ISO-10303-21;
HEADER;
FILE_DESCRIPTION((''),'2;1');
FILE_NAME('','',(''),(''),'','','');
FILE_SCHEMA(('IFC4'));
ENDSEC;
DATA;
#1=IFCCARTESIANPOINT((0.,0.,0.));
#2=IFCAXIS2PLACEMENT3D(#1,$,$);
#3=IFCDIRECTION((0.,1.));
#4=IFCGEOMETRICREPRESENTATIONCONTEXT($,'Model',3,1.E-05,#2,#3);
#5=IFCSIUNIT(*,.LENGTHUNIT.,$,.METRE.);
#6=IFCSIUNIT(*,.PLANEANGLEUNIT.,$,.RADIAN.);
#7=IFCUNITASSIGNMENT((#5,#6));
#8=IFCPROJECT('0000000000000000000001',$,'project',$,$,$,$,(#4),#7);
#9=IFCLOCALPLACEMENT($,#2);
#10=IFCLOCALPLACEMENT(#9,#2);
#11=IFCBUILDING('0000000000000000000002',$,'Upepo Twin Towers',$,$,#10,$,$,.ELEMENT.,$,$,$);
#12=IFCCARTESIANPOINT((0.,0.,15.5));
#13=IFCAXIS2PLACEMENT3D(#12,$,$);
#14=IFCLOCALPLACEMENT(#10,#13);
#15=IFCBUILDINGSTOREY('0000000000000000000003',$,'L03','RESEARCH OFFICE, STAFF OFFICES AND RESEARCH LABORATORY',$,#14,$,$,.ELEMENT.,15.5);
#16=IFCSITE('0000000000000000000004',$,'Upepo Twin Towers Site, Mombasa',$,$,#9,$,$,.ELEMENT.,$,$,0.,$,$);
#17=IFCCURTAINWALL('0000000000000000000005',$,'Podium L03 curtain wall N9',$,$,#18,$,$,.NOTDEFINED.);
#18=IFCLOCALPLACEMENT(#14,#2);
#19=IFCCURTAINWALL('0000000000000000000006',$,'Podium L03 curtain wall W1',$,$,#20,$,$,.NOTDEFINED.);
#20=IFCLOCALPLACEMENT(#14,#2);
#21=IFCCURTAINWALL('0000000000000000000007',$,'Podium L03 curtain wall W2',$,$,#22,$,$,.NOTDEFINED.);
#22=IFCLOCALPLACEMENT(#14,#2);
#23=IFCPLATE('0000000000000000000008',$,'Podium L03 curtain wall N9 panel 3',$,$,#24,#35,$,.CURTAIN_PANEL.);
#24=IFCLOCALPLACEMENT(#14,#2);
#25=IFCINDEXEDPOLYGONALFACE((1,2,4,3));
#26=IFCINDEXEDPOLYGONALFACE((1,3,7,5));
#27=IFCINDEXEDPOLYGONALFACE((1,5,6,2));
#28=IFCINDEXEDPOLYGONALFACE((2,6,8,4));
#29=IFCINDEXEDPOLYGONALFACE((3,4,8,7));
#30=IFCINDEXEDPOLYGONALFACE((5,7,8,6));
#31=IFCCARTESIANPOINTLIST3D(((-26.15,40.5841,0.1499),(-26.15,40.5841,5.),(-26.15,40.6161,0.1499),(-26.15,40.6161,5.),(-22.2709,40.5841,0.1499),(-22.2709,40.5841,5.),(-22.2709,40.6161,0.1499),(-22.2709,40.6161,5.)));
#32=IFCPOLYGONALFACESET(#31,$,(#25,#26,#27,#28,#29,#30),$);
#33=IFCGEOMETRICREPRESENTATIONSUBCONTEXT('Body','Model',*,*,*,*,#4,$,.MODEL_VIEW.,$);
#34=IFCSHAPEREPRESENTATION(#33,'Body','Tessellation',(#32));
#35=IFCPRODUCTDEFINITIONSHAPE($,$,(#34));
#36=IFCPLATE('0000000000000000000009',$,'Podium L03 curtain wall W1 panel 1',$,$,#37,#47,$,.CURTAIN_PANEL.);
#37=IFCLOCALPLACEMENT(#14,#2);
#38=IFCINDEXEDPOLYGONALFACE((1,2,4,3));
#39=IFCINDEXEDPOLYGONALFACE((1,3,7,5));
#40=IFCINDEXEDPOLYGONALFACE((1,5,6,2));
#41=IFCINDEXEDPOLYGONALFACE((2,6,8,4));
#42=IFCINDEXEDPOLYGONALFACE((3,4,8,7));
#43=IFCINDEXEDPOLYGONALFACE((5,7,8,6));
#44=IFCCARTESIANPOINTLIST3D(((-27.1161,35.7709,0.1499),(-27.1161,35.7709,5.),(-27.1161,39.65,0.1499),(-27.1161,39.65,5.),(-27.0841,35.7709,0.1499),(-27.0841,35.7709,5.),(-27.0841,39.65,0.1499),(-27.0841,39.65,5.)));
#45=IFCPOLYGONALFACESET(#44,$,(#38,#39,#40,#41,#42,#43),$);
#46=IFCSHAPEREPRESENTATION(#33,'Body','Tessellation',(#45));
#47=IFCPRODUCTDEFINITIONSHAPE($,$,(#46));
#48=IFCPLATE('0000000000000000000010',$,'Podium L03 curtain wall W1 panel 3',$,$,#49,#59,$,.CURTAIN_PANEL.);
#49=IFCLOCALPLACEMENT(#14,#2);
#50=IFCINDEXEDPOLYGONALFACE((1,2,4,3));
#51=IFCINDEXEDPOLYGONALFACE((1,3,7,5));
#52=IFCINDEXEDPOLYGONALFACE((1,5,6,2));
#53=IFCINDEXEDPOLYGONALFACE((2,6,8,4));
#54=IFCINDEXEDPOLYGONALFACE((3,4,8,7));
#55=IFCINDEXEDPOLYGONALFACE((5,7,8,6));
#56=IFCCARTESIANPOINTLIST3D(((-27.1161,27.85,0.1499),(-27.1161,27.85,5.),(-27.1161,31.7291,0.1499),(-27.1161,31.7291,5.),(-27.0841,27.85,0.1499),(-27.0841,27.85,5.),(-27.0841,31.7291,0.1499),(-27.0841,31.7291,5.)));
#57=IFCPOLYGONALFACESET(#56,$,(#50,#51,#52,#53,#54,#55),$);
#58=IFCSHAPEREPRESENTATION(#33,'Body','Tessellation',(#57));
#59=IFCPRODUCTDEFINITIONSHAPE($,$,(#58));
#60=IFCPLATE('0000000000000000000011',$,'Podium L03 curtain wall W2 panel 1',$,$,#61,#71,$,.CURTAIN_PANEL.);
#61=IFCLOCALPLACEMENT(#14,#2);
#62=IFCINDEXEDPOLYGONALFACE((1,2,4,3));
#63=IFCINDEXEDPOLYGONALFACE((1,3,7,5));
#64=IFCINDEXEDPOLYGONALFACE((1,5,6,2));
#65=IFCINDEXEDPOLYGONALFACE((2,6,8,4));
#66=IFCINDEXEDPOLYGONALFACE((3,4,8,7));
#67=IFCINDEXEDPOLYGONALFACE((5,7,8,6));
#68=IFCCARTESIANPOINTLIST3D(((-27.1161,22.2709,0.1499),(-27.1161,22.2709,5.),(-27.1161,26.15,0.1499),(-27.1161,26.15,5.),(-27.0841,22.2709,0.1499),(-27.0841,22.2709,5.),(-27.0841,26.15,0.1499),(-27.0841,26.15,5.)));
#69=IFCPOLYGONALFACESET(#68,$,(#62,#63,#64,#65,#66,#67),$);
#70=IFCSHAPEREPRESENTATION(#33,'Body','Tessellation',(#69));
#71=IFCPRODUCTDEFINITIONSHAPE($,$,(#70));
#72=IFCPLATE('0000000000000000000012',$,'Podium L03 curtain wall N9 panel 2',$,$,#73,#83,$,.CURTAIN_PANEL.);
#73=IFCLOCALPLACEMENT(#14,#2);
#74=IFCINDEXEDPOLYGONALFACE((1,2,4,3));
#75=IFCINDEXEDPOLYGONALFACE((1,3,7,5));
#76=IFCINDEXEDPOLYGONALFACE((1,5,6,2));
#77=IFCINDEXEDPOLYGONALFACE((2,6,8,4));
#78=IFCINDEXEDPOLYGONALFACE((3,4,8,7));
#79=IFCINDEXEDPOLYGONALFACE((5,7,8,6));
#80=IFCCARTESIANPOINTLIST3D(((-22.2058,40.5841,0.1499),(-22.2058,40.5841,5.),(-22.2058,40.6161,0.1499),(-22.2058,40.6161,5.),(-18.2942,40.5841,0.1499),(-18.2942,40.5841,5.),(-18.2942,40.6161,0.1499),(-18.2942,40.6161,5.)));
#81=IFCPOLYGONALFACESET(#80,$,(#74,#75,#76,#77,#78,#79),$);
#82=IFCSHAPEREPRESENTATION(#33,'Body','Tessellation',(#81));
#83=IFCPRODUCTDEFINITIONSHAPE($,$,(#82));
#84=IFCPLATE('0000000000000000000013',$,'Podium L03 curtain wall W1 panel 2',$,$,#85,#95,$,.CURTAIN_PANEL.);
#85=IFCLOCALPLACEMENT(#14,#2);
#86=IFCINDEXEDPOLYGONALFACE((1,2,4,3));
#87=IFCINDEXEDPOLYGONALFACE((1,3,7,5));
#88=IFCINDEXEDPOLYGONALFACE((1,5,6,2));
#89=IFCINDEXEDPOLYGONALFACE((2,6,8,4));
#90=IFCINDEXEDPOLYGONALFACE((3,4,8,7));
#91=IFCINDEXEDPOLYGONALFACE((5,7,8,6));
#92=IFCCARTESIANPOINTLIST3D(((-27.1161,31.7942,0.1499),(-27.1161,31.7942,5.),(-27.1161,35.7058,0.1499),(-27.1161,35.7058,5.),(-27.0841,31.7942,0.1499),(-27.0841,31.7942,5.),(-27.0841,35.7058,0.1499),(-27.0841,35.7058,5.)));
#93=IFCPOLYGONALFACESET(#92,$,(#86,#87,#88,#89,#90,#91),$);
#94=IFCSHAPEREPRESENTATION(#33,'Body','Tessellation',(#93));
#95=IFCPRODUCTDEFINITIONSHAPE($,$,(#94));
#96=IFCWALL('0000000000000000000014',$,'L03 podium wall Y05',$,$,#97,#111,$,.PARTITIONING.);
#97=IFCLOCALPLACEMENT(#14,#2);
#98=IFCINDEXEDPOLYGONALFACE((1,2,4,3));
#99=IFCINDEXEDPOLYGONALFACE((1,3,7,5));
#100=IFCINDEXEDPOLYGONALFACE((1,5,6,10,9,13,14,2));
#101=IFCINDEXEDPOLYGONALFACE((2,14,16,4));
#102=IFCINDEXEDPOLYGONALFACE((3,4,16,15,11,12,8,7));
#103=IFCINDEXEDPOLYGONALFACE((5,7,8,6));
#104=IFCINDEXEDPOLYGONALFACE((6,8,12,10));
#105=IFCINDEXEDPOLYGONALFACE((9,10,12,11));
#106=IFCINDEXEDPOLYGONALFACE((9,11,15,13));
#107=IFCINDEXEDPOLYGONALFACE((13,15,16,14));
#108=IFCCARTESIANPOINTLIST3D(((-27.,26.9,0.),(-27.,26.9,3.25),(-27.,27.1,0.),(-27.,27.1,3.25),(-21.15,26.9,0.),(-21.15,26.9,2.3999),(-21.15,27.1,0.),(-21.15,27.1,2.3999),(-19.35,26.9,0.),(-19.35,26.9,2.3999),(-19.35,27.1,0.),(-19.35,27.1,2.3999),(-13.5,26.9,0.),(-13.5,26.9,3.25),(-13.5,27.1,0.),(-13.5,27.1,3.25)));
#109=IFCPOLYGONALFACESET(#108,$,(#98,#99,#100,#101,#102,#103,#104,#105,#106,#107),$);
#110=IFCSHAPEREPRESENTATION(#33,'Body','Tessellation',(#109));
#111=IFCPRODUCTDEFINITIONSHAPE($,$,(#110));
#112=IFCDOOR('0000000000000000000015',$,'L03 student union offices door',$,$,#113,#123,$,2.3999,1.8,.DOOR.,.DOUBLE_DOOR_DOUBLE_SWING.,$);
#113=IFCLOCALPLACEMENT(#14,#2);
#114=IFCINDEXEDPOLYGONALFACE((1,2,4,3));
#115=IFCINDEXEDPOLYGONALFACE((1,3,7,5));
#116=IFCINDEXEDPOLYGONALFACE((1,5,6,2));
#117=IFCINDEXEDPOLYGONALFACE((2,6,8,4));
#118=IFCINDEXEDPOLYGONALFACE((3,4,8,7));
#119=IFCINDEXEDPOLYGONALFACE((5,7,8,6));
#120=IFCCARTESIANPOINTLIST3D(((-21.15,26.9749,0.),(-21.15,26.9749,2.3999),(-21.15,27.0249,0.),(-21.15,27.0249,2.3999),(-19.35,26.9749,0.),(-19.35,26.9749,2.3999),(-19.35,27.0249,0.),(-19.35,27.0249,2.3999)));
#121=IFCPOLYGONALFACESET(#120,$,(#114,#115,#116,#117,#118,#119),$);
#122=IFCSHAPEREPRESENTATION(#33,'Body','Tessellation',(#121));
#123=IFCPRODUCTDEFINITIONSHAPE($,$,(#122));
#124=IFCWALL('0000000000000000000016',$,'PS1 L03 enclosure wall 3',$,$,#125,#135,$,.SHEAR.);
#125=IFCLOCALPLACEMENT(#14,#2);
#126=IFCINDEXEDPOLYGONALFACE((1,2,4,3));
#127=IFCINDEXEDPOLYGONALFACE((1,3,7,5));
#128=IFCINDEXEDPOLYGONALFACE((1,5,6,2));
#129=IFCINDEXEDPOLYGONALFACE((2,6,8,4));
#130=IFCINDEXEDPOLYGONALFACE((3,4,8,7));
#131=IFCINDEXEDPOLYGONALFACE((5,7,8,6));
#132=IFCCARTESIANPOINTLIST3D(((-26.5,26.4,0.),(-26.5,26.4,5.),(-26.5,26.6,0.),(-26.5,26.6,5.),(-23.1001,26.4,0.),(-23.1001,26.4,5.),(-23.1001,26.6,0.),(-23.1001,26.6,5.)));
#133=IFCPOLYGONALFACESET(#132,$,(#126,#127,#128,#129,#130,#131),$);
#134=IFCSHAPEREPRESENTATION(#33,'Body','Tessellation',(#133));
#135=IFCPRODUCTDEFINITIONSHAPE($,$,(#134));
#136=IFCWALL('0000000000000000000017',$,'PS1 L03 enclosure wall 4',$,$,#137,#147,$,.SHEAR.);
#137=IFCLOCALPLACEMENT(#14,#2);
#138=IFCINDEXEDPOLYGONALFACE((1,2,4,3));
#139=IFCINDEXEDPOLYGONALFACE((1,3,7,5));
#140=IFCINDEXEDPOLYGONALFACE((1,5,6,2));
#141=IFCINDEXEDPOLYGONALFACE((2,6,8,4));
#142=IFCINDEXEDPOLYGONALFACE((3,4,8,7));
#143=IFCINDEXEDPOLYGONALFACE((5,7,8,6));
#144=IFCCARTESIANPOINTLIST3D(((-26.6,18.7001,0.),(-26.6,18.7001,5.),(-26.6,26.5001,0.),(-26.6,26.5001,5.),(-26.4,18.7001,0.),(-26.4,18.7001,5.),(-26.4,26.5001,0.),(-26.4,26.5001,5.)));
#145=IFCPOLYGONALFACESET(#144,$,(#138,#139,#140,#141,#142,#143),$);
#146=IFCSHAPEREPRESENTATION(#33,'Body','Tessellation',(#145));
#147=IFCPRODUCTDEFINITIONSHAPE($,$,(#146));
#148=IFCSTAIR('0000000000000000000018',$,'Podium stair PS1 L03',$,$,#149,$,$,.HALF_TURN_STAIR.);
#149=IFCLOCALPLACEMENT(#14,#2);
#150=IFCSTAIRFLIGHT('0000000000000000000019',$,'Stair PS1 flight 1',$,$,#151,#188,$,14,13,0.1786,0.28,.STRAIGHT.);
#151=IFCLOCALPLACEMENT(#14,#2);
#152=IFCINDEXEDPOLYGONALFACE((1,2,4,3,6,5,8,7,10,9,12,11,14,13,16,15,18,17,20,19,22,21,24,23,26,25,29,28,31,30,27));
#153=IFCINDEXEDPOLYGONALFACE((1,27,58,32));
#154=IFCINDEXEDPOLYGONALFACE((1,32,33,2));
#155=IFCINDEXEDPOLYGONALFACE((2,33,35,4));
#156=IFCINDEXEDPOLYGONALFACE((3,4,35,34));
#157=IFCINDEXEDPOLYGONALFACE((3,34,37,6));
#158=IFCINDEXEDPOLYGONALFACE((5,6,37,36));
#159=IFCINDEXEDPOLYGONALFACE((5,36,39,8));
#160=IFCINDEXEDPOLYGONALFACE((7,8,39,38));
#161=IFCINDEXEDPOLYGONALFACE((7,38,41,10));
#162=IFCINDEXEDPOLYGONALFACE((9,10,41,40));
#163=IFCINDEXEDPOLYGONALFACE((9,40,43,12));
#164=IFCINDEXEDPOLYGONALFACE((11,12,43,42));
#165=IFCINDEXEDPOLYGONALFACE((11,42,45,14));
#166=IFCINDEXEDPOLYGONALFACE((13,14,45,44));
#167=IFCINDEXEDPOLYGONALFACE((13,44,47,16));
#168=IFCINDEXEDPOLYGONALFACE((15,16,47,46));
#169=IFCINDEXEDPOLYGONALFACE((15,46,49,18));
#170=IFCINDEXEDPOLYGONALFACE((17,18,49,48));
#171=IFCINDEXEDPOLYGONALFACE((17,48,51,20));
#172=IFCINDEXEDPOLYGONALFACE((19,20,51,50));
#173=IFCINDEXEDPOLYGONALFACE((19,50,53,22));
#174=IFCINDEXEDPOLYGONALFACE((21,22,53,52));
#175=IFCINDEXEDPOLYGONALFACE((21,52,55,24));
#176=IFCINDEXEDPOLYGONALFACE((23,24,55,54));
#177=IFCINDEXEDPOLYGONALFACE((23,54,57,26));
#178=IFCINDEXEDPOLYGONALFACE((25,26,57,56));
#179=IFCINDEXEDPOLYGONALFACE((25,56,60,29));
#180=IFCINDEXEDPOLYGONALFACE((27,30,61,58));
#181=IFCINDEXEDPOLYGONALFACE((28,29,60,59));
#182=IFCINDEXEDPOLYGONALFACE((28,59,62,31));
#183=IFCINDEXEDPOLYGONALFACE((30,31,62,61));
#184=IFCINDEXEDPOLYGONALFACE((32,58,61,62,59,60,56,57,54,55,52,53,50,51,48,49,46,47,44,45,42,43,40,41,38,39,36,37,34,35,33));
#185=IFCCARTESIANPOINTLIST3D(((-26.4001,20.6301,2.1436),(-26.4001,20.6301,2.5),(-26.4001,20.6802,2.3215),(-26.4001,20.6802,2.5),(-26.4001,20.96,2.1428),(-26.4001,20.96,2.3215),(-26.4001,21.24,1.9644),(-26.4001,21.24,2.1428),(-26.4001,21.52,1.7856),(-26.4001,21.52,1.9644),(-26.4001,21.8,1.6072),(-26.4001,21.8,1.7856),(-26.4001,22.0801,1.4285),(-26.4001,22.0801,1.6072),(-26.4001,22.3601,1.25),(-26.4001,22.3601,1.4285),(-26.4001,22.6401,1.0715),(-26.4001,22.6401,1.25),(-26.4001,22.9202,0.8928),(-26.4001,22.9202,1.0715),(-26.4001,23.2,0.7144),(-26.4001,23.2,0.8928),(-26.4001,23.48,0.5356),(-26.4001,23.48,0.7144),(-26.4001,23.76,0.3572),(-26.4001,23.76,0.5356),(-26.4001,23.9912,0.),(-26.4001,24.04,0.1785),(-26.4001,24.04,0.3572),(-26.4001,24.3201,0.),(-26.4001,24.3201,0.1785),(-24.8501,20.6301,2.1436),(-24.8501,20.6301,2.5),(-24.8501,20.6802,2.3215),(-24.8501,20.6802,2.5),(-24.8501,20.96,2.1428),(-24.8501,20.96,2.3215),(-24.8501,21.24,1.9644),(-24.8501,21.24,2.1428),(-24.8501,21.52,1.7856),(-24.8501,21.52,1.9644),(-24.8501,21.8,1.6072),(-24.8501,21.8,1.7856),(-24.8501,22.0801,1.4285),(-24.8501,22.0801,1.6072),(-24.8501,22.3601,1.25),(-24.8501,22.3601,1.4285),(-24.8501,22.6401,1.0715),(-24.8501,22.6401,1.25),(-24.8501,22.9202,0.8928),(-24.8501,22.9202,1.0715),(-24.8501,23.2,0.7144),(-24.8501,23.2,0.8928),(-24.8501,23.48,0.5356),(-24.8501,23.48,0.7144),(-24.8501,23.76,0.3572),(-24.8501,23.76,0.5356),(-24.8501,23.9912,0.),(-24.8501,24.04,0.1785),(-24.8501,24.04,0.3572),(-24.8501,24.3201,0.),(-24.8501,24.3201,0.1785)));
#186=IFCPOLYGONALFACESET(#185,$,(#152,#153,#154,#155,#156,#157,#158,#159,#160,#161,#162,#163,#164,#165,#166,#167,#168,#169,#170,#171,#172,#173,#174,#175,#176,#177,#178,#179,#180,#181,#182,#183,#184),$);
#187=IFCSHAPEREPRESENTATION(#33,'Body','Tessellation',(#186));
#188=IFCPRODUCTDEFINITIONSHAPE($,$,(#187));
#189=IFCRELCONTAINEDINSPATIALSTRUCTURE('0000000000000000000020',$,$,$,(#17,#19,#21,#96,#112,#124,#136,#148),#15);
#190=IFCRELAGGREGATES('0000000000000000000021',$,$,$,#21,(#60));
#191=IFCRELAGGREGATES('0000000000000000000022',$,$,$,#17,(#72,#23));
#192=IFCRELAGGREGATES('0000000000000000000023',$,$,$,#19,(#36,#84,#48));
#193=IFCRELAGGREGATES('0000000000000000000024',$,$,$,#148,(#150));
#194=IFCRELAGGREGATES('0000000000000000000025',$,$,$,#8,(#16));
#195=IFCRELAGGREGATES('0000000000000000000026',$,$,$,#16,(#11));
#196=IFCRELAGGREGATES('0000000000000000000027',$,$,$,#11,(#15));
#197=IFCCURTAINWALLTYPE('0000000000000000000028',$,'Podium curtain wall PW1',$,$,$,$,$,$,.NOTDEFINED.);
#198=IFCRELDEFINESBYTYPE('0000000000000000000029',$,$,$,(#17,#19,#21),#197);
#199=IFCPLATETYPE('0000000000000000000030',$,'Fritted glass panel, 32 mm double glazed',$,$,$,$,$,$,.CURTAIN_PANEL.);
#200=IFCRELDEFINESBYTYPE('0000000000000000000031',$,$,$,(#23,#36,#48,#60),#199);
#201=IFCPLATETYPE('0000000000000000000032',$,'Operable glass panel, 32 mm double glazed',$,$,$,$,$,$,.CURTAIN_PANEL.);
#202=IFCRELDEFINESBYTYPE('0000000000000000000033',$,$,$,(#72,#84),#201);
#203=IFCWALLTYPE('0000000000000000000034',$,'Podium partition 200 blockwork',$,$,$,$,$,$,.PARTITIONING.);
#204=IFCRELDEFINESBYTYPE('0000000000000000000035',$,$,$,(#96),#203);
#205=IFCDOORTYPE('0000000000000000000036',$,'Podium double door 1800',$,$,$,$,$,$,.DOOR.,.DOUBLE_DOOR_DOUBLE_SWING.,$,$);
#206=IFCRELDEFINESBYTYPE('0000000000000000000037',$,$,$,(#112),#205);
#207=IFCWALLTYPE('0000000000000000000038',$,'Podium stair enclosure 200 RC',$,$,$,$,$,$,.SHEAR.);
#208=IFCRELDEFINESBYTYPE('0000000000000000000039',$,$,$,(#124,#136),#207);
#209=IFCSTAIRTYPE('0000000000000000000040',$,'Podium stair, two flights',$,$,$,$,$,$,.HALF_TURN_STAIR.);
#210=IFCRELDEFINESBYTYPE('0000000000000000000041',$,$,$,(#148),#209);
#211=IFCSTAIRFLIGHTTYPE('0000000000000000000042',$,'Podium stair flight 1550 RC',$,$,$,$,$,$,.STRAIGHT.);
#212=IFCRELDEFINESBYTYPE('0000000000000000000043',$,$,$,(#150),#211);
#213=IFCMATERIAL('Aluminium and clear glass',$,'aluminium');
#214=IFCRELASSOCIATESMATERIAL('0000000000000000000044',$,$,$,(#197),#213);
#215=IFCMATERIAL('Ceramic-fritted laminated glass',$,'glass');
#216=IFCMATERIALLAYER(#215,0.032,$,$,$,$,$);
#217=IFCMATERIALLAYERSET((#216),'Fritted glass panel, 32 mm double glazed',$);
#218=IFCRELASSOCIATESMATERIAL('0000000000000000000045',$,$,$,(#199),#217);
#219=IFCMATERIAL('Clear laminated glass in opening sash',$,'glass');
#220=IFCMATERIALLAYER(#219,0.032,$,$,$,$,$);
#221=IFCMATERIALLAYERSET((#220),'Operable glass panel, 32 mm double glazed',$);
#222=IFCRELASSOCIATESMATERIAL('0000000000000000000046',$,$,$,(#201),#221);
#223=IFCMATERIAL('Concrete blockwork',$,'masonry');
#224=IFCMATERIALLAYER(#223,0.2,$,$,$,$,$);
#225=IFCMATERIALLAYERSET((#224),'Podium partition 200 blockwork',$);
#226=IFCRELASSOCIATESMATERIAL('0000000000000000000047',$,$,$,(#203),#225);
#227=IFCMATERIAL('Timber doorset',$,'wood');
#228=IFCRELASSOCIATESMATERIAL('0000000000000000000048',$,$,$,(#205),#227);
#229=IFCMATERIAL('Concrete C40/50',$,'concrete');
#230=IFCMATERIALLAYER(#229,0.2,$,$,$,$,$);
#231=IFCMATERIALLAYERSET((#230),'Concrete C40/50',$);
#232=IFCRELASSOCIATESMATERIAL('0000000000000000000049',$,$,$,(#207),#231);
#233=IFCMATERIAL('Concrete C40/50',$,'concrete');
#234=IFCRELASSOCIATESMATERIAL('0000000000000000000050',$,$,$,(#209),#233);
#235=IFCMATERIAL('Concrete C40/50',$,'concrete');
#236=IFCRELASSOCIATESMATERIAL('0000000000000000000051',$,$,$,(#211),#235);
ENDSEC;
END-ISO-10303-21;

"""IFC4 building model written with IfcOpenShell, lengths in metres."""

from ifc_helpers import new_model, si_unit, direction, frame, frame_2d, origin, origin_2d, place, context, subcontext, project, spatial, polyline, rectangle, outline, extrude, material, layer, layer_set, type_object, element, fill, aggregate, save


model = new_model("IFC4")

# Units and contexts
model_context = context("Model", 3, precision=1e-05, world=origin(), true_north=direction((0.0, 1.0)))
body_context = subcontext(model_context, "Body", "Model", "MODEL_VIEW")
ifc_project = project(units=[si_unit("LENGTHUNIT", "METRE"), si_unit("PLANEANGLEUNIT", "RADIAN")], contexts=[model_context])

# Site, building, storey
site_placement = place(None, origin())
site = spatial("IfcSite", under=ifc_project, at=site_placement, Name="Upepo Twin Towers Site, Mombasa", CompositionType="ELEMENT", RefElevation=0.0)
building_placement = place(site_placement, origin())
building = spatial("IfcBuilding", under=site, at=building_placement, Name="Upepo Twin Towers", CompositionType="ELEMENT")
storey_placement = place(building_placement, frame((0.0, 0.0, 15.5)))
storey = spatial("IfcBuildingStorey", under=building, at=storey_placement, Name="L03", Description="RESEARCH OFFICE, STAFF OFFICES AND RESEARCH LABORATORY", CompositionType="ELEMENT", Elevation=15.5)

# Curtain walls
ifc_material_1 = material(Name="Aluminium and clear glass", Category="aluminium")
curtain_wall_type = type_object("IfcCurtainWallType", Name="Podium curtain wall PW1", PredefinedType="NOTDEFINED", material=ifc_material_1)
curtain_wall_1_placement = place(storey_placement, origin())
curtain_wall_1 = element("IfcCurtainWall", 1, at=curtain_wall_1_placement, inside=storey, type_object=curtain_wall_type, Name="Podium L03 curtain wall N9", PredefinedType="NOTDEFINED")
curtain_wall_2_placement = place(storey_placement, origin())
curtain_wall_2 = element("IfcCurtainWall", 2, at=curtain_wall_2_placement, inside=storey, type_object=curtain_wall_type, Name="Podium L03 curtain wall W1", PredefinedType="NOTDEFINED")

# Curtain wall
curtain_wall_3_placement = place(storey_placement, origin())
curtain_wall_3 = element("IfcCurtainWall", 3, at=curtain_wall_3_placement, inside=storey, type_object=curtain_wall_type, Name="Podium L03 curtain wall W2", PredefinedType="NOTDEFINED")

# Plates
ifc_material_2 = material(Name="Ceramic-fritted laminated glass", Category="glass")
ifc_layer_1 = layer(ifc_material_2, 0.032)
ifc_layer_set_1 = layer_set([ifc_layer_1], Name="Fritted glass panel, 32 mm double glazed")
plate_type_1 = type_object("IfcPlateType", Name="Fritted glass panel, 32 mm double glazed", PredefinedType="CURTAIN_PANEL", material=ifc_layer_set_1)
plate_1_placement = place(storey_placement, frame((-24.2104, 40.6001, 0.1499), z_axis=(0.0, 0.0, 1.0), x_axis=(-1.0, 0.0, 0.0)))
plate_1 = element("IfcPlate", 4, at=plate_1_placement, type_object=plate_type_1, Name="Podium L03 curtain wall N9 panel 3", PredefinedType="CURTAIN_PANEL", context=body_context, shape_type="SweptSolid", body=[
    extrude(rectangle(XDim=3.8792, YDim=0.032, at=origin_2d()), origin(), (0.0, 0.0, 1.0), 4.8501),
])
plate_2_placement = place(storey_placement, frame((-27.1001, 37.7104, 0.1499), z_axis=(0.0, 0.0, 1.0), x_axis=(0.0, -1.0, 0.0)))
plate_2 = element("IfcPlate", 5, at=plate_2_placement, type_object=plate_type_1, Name="Podium L03 curtain wall W1 panel 1", PredefinedType="CURTAIN_PANEL", context=body_context, shape_type="SweptSolid", body=[
    extrude(rectangle(XDim=3.8792, YDim=0.032, at=origin_2d()), origin(), (0.0, 0.0, 1.0), 4.8501),
])
plate_3_placement = place(storey_placement, frame((-27.1001, 29.7896, 0.1499), z_axis=(0.0, 0.0, 1.0), x_axis=(0.0, -1.0, 0.0)))
plate_3 = element("IfcPlate", 6, at=plate_3_placement, type_object=plate_type_1, Name="Podium L03 curtain wall W1 panel 3", PredefinedType="CURTAIN_PANEL", context=body_context, shape_type="SweptSolid", body=[
    extrude(rectangle(XDim=3.8792, YDim=0.032, at=origin_2d()), origin(), (0.0, 0.0, 1.0), 4.8501),
])
plate_4_placement = place(storey_placement, frame((-27.1001, 24.2104, 0.1499), z_axis=(0.0, 0.0, 1.0), x_axis=(0.0, -1.0, 0.0)))
plate_4 = element("IfcPlate", 7, at=plate_4_placement, type_object=plate_type_1, Name="Podium L03 curtain wall W2 panel 1", PredefinedType="CURTAIN_PANEL", context=body_context, shape_type="SweptSolid", body=[
    extrude(rectangle(XDim=3.8792, YDim=0.032, at=origin_2d()), origin(), (0.0, 0.0, 1.0), 4.8501),
])
aggregate(curtain_wall_3, [plate_4])
ifc_material_3 = material(Name="Clear laminated glass in opening sash", Category="glass")
ifc_layer_2 = layer(ifc_material_3, 0.032)
ifc_layer_set_2 = layer_set([ifc_layer_2], Name="Operable glass panel, 32 mm double glazed")
plate_type_2 = type_object("IfcPlateType", Name="Operable glass panel, 32 mm double glazed", PredefinedType="CURTAIN_PANEL", material=ifc_layer_set_2)
plate_5_placement = place(storey_placement, frame((-20.25, 40.6001, 0.1499), z_axis=(0.0, 0.0, 1.0), x_axis=(-1.0, 0.0, 0.0)))
plate_5 = element("IfcPlate", 8, at=plate_5_placement, type_object=plate_type_2, Name="Podium L03 curtain wall N9 panel 2", PredefinedType="CURTAIN_PANEL", context=body_context, shape_type="SweptSolid", body=[
    extrude(rectangle(XDim=3.9116, YDim=0.032, at=origin_2d()), origin(), (0.0, 0.0, 1.0), 4.8501),
])
aggregate(curtain_wall_1, [plate_5, plate_1])
plate_6_placement = place(storey_placement, frame((-27.1001, 33.75, 0.1499), z_axis=(0.0, 0.0, 1.0), x_axis=(0.0, -1.0, 0.0)))
plate_6 = element("IfcPlate", 9, at=plate_6_placement, type_object=plate_type_2, Name="Podium L03 curtain wall W1 panel 2", PredefinedType="CURTAIN_PANEL", context=body_context, shape_type="SweptSolid", body=[
    extrude(rectangle(XDim=3.9116, YDim=0.032, at=origin_2d()), origin(), (0.0, 0.0, 1.0), 4.8501),
])
aggregate(curtain_wall_2, [plate_2, plate_6, plate_3])

# Wall, opening, door
ifc_material_4 = material(Name="Concrete blockwork", Category="masonry")
ifc_layer_3 = layer(ifc_material_4, 0.2)
ifc_layer_set_3 = layer_set([ifc_layer_3], Name="Podium partition 200 blockwork")
wall_type_1 = type_object("IfcWallType", Name="Podium partition 200 blockwork", PredefinedType="PARTITIONING", material=ifc_layer_set_3)
wall_1_placement = place(storey_placement, frame((-27.0, 27.0, 0.0), z_axis=(0.0, 0.0, 1.0), x_axis=(1.0, 0.0, 0.0)))
wall_1 = element("IfcWall", 10, at=wall_1_placement, inside=storey, type_object=wall_type_1, Name="L03 podium wall Y05", PredefinedType="PARTITIONING", context=body_context, shape_type="SweptSolid", body=[
    extrude(rectangle(XDim=13.5, YDim=0.2, at=frame_2d((6.75, 0.0))), origin(), (0.0, 0.0, 1.0), 3.25),
])
opening_placement = place(wall_1_placement, frame((5.8501, 0.0, 0.0)))
opening = element("IfcOpeningElement", 11, at=opening_placement, cuts=wall_1, PredefinedType="OPENING", context=body_context, shape_type="SweptSolid", body=[
    extrude(rectangle(XDim=1.8, YDim=2.3999, at=frame_2d((0.8999, 1.2))), frame((0.0, 0.1099, 0.0), z_axis=(0.0, -1.0, 0.0), x_axis=(1.0, 0.0, 0.0)), (0.0, 0.0, 1.0), 0.22),
])
ifc_material_5 = material(Name="Timber doorset", Category="wood")
door_type = type_object("IfcDoorType", Name="Podium double door 1800", OperationType="DOUBLE_DOOR_DOUBLE_SWING", PredefinedType="DOOR", material=ifc_material_5)
door_placement = place(opening_placement, origin())
door = element("IfcDoor", 12, at=door_placement, inside=storey, type_object=door_type, Name="L03 student union offices door", OperationType="DOUBLE_DOOR_DOUBLE_SWING", OverallHeight=2.3999, OverallWidth=1.8, PredefinedType="DOOR", context=body_context, shape_type="SweptSolid", body=[
    extrude(rectangle(XDim=1.8, YDim=2.3999, at=frame_2d((0.8999, 1.2))), frame((0.0, 0.0249, 0.0), z_axis=(0.0, -1.0, 0.0), x_axis=(1.0, 0.0, 0.0)), (0.0, 0.0, 1.0), 0.05),
])
fill(opening, door)

# Walls
ifc_material_6 = material(Name="Concrete C40/50", Category="concrete")
ifc_layer_4 = layer(ifc_material_6, 0.2)
ifc_layer_set_4 = layer_set([ifc_layer_4], Name="Concrete C40/50")
wall_type_2 = type_object("IfcWallType", Name="Podium stair enclosure 200 RC", PredefinedType="SHEAR", material=ifc_layer_set_4)
wall_2_placement = place(storey_placement, frame((-23.1001, 26.5, 0.0), z_axis=(0.0, 0.0, 1.0), x_axis=(-1.0, 0.0, 0.0)))
element("IfcWall", 13, at=wall_2_placement, inside=storey, type_object=wall_type_2, Name="PS1 L03 enclosure wall 3", PredefinedType="SHEAR", context=body_context, shape_type="SweptSolid", body=[
    extrude(rectangle(XDim=3.3999, YDim=0.2, at=frame_2d((1.7, 0.0))), origin(), (0.0, 0.0, 1.0), 5.0),
])
wall_3_placement = place(storey_placement, frame((-26.5, 26.5, 0.0), z_axis=(0.0, 0.0, 1.0), x_axis=(0.0, -1.0, 0.0)))
element("IfcWall", 14, at=wall_3_placement, inside=storey, type_object=wall_type_2, Name="PS1 L03 enclosure wall 4", PredefinedType="SHEAR", context=body_context, shape_type="SweptSolid", body=[
    extrude(rectangle(XDim=7.8, YDim=0.2, at=frame_2d((3.8999, 0.0))), origin(), (0.0, 0.0, 1.0), 5.0),
])

# Stair, stair flight
ifc_material_7 = material(Name="Concrete C40/50", Category="concrete")
stair_type = type_object("IfcStairType", Name="Podium stair, two flights", PredefinedType="HALF_TURN_STAIR", material=ifc_material_7)
stair_placement = place(storey_placement, origin())
stair = element("IfcStair", 15, at=stair_placement, inside=storey, type_object=stair_type, Name="Podium stair PS1 L03", PredefinedType="HALF_TURN_STAIR")
ifc_material_8 = material(Name="Concrete C40/50", Category="concrete")
stair_flight_type = type_object("IfcStairFlightType", Name="Podium stair flight 1550 RC", PredefinedType="STRAIGHT", material=ifc_material_8)
stair_flight_placement = place(storey_placement, frame((-25.625, 24.3201, 0.0), z_axis=(0.0, 0.0, 1.0), x_axis=(0.0, -1.0, 0.0)))
stair_flight = element("IfcStairFlight", 16, at=stair_flight_placement, type_object=stair_flight_type, Name="Stair PS1 flight 1", NumberOfRisers=14, NumberOfTreads=13, PredefinedType="STRAIGHT", RiserHeight=0.1786, TreadLength=0.28, context=body_context, shape_type="SweptSolid", body=[
    extrude(outline(polyline([(0.0, 0.0), (0.0, 0.1785), (0.28, 0.1785), (0.28, 0.3572), (0.5601, 0.3572), (0.5601, 0.5356), (0.8401, 0.5356), (0.8401, 0.7144), (1.1201, 0.7144), (1.1201, 0.8928), (1.3999, 0.8928), (1.3999, 1.0715), (1.6799, 1.0715), (1.6799, 1.25), (1.96, 1.25), (1.96, 1.4285), (2.24, 1.4285), (2.24, 1.6072), (2.52, 1.6072), (2.52, 1.7856), (2.8, 1.7856), (2.8, 1.9644), (3.0801, 1.9644), (3.0801, 2.1428), (3.3601, 2.1428), (3.3601, 2.3215), (3.6399, 2.3215), (3.6399, 2.5), (3.6899, 2.5), (3.6899, 2.1436), (0.3289, 0.0), (0.0, 0.0)])), frame((0.0, 0.7749, 0.0), z_axis=(0.0, -1.0, 0.0), x_axis=(1.0, 0.0, 0.0)), (0.0, 0.0, 1.0), 1.55),
])
aggregate(stair, [stair_flight])

save(model, "model.ifc")
